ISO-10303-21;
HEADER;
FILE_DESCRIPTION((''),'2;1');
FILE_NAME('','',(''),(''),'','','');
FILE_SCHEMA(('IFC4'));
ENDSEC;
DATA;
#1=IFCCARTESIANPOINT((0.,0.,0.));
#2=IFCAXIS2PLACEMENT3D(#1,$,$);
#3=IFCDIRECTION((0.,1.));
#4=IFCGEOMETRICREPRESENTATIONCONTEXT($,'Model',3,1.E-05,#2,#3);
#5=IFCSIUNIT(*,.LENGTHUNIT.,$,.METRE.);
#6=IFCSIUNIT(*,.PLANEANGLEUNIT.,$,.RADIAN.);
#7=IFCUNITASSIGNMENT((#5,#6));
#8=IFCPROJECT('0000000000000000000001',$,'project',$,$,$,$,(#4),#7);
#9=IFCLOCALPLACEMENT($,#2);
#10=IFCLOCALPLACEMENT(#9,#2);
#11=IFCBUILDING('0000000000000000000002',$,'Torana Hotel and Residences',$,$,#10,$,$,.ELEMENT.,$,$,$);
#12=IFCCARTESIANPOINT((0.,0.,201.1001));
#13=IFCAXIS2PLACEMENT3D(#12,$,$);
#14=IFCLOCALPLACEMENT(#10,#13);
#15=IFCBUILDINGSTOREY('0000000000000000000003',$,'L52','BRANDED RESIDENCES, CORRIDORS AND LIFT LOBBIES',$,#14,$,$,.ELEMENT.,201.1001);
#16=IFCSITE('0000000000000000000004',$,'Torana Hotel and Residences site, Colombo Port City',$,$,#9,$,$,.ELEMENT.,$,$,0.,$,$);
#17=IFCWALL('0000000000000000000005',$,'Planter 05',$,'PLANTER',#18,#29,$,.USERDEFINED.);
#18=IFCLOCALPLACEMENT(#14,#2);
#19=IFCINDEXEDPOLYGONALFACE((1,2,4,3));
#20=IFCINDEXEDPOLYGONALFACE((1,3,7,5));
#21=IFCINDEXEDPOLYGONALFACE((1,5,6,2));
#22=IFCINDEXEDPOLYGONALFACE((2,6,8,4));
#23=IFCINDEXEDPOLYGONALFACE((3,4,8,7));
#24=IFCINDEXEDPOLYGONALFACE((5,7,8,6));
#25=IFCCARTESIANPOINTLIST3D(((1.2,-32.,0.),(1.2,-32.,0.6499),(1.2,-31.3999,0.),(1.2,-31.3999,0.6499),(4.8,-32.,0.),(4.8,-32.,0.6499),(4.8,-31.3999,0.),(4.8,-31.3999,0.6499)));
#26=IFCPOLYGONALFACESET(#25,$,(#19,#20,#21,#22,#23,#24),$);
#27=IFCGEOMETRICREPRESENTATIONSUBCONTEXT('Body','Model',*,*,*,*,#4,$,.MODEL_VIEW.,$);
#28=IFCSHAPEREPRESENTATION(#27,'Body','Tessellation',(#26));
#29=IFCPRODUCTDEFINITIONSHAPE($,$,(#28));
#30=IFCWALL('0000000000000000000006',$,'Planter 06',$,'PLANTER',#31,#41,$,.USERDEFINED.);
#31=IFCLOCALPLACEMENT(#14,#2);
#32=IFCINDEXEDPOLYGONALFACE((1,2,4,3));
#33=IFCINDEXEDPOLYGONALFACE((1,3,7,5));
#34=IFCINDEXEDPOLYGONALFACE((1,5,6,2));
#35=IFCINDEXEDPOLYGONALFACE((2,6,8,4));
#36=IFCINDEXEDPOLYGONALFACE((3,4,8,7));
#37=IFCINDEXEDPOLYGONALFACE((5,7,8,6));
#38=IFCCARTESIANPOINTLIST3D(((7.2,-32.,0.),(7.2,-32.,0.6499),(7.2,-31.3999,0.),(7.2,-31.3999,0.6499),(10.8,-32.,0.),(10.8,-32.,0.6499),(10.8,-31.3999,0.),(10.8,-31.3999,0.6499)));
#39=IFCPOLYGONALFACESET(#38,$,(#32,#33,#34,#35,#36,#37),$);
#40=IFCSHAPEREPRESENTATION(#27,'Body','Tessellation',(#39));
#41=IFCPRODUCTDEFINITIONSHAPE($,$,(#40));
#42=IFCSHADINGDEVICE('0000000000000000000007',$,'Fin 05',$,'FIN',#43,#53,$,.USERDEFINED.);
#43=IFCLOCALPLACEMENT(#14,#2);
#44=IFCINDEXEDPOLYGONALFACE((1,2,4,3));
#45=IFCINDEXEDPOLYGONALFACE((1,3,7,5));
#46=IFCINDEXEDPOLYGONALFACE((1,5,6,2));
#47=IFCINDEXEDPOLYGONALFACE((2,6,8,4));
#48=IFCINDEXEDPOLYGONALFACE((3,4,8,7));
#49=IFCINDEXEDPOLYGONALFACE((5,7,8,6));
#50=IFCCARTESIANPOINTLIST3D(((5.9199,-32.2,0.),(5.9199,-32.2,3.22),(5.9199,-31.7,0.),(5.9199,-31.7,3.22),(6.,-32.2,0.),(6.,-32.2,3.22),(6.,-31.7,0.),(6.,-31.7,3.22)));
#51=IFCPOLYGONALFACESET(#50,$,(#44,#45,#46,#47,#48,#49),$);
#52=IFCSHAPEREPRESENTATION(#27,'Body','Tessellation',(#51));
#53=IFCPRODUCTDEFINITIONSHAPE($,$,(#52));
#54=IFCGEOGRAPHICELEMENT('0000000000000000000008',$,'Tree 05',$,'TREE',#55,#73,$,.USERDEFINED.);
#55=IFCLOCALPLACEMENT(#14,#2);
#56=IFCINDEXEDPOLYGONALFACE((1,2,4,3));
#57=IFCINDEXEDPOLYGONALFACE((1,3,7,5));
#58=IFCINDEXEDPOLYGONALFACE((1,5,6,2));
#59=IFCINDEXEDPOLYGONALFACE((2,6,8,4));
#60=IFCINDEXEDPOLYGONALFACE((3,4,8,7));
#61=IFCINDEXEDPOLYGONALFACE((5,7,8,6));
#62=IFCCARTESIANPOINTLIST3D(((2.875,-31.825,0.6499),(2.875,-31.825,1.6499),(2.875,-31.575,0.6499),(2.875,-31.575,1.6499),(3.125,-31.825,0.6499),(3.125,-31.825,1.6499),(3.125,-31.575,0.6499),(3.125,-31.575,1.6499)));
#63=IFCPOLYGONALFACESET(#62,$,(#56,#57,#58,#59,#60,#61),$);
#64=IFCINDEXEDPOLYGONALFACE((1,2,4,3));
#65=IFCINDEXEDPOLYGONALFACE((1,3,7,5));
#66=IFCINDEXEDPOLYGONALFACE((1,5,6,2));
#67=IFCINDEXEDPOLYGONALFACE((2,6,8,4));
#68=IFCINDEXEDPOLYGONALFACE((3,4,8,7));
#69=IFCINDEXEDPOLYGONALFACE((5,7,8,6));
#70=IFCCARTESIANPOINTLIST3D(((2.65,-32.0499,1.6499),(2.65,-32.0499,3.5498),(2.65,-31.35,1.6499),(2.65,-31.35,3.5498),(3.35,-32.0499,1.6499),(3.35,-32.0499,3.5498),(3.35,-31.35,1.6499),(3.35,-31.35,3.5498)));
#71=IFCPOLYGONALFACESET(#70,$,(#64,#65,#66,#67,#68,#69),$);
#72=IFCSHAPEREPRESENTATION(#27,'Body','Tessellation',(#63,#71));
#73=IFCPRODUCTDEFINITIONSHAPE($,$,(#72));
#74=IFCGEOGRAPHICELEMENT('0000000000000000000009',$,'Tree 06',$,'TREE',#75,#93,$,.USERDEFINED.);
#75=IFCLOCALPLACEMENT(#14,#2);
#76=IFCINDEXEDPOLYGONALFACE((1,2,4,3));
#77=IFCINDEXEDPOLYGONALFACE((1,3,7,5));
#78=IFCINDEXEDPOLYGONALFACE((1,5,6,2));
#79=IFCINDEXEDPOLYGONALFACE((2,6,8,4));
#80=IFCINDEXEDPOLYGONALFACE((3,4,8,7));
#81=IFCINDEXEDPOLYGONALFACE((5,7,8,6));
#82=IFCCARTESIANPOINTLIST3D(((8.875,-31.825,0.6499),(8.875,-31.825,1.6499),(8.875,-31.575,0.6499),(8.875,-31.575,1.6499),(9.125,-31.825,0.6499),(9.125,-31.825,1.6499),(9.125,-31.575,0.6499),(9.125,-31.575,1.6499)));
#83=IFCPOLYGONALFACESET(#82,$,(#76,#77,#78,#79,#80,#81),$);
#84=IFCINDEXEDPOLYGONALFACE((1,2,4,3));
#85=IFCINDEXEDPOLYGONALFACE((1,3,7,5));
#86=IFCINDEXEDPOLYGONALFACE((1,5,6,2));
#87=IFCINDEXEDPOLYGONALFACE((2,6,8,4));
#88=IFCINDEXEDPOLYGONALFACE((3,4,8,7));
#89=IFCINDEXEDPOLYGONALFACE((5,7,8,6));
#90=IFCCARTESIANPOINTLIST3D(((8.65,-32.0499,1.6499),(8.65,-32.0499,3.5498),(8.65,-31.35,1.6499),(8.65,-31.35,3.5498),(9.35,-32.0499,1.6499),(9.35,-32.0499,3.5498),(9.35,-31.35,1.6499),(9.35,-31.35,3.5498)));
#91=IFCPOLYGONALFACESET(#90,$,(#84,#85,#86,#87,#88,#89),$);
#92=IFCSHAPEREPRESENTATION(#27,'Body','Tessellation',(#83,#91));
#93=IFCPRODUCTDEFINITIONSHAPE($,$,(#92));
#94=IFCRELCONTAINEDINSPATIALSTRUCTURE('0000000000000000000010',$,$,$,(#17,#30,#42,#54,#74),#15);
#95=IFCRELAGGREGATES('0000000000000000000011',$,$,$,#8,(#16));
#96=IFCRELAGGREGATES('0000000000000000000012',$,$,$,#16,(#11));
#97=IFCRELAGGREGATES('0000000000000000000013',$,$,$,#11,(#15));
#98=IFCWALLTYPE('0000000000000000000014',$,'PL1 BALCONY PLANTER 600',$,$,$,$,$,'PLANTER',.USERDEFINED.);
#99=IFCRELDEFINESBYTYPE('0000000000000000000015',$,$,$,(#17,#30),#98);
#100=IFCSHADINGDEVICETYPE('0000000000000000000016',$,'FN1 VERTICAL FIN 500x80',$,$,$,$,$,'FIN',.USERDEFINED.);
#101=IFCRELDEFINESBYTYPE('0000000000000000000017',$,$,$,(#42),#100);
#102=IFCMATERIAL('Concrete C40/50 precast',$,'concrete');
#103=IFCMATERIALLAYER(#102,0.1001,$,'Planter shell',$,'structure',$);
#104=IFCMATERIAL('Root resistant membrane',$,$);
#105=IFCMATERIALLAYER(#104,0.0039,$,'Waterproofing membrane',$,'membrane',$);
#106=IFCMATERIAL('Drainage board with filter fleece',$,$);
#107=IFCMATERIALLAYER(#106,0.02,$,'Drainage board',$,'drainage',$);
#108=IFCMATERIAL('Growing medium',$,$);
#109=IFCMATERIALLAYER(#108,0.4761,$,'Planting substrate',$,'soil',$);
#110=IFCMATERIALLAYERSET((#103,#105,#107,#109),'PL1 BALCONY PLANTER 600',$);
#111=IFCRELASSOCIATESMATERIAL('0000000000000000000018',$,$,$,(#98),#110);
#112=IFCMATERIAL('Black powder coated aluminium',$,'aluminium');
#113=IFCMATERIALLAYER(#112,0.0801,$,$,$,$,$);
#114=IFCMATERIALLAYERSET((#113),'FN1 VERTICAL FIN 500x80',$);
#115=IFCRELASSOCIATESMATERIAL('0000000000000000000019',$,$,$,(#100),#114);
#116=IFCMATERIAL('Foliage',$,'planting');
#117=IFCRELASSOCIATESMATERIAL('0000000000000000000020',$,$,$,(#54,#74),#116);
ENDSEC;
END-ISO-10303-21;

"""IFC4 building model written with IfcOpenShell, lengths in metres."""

from ifc_helpers import new_model, si_unit, direction, frame, frame_2d, origin, origin_2d, place, context, subcontext, project, spatial, rectangle, extrude, material, layer, layer_set, type_object, element, save


model = new_model("IFC4")

# Units and contexts
model_context = context("Model", 3, precision=1e-05, world=origin(), true_north=direction((0.0, 1.0)))
body_context = subcontext(model_context, "Body", "Model", "MODEL_VIEW")
ifc_project = project(units=[si_unit("LENGTHUNIT", "METRE"), si_unit("PLANEANGLEUNIT", "RADIAN")], contexts=[model_context])

# Site, building, storey
site_placement = place(None, origin())
site = spatial("IfcSite", under=ifc_project, at=site_placement, Name="Torana Hotel and Residences site, Colombo Port City", CompositionType="ELEMENT", RefElevation=0.0)
building_placement = place(site_placement, origin())
building = spatial("IfcBuilding", under=site, at=building_placement, Name="Torana Hotel and Residences", CompositionType="ELEMENT")
storey_placement = place(building_placement, frame((0.0, 0.0, 201.1001)))
storey = spatial("IfcBuildingStorey", under=building, at=storey_placement, Name="L52", Description="BRANDED RESIDENCES, CORRIDORS AND LIFT LOBBIES", CompositionType="ELEMENT", Elevation=201.1001)

# Walls
ifc_material_1 = material(Name="Concrete C40/50 precast", Category="concrete")
ifc_layer_1 = layer(ifc_material_1, 0.1001, Name="Planter shell", Category="structure")
ifc_material_2 = material(Name="Root resistant membrane")
ifc_layer_2 = layer(ifc_material_2, 0.0039, Name="Waterproofing membrane", Category="membrane")
ifc_material_3 = material(Name="Drainage board with filter fleece")
ifc_layer_3 = layer(ifc_material_3, 0.02, Name="Drainage board", Category="drainage")
ifc_material_4 = material(Name="Growing medium")
ifc_layer_4 = layer(ifc_material_4, 0.4761, Name="Planting substrate", Category="soil")
ifc_layer_set_1 = layer_set([ifc_layer_1, ifc_layer_2, ifc_layer_3, ifc_layer_4], Name="PL1 BALCONY PLANTER 600")
wall_type_1 = type_object("IfcWallType", Name="PL1 BALCONY PLANTER 600", ElementType="PLANTER", PredefinedType="USERDEFINED", material=ifc_layer_set_1)
for number, where, z_axis, x_axis, name in (
    (1, (4.8, -31.7, 0.0), (0.0, 0.0, 1.0), (-1.0, 0.0, 0.0), "Planter 05"),
    (2, (10.8, -31.7, 0.0), (0.0, 0.0, 1.0), (-1.0, 0.0, 0.0), "Planter 06"),
):
    element("IfcWall", number, at=place(storey_placement, frame(where, z_axis=z_axis, x_axis=x_axis)), inside=storey, type_object=wall_type_1, Name=name, ObjectType="PLANTER", PredefinedType="USERDEFINED", context=body_context, shape_type="SweptSolid", body=[
        extrude(rectangle(XDim=3.6001, YDim=0.6001, at=frame_2d((1.8, 0.0))), origin(), (0.0, 0.0, 1.0), 0.6499),
    ])

# Shading device
ifc_material_5 = material(Name="Black powder coated aluminium", Category="aluminium")
ifc_layer_5 = layer(ifc_material_5, 0.0801)
ifc_layer_set_2 = layer_set([ifc_layer_5], Name="FN1 VERTICAL FIN 500x80")
shading_device_type = type_object("IfcShadingDeviceType", Name="FN1 VERTICAL FIN 500x80", ElementType="FIN", PredefinedType="USERDEFINED", material=ifc_layer_set_2)
shading_device_placement = place(storey_placement, frame((5.96, -31.95, 0.0), z_axis=(0.0, 0.0, 1.0), x_axis=(-1.0, 0.0, 0.0)))
element("IfcShadingDevice", 3, at=shading_device_placement, inside=storey, type_object=shading_device_type, Name="Fin 05", ObjectType="FIN", PredefinedType="USERDEFINED", context=body_context, shape_type="SweptSolid", body=[
    extrude(rectangle(XDim=0.0801, YDim=0.5, at=origin_2d()), origin(), (0.0, 0.0, 1.0), 3.22),
])

# Geographic elements
ifc_material_6 = material(Name="Foliage", Category="planting")
for number, where, z_axis, x_axis, name in (
    (4, (3.0, -31.7, 0.6499), (0.0, 0.0, 1.0), (1.0, 0.0, 0.0), "Tree 05"),
    (5, (9.0, -31.7, 0.6499), (0.0, 0.0, 1.0), (1.0, 0.0, 0.0), "Tree 06"),
):
    element("IfcGeographicElement", number, at=place(storey_placement, frame(where, z_axis=z_axis, x_axis=x_axis)), inside=storey, material=ifc_material_6, Name=name, ObjectType="TREE", PredefinedType="USERDEFINED", context=body_context, shape_type="SweptSolid", body=[
        extrude(rectangle(XDim=0.25, YDim=0.25, at=origin_2d()), origin(), (0.0, 0.0, 1.0), 1.0),
        extrude(rectangle(XDim=0.7, YDim=0.7, at=origin_2d()), frame((0.0, 0.0, 1.0)), (0.0, 0.0, 1.0), 1.8999),
    ])

save(model, "model.ifc")
